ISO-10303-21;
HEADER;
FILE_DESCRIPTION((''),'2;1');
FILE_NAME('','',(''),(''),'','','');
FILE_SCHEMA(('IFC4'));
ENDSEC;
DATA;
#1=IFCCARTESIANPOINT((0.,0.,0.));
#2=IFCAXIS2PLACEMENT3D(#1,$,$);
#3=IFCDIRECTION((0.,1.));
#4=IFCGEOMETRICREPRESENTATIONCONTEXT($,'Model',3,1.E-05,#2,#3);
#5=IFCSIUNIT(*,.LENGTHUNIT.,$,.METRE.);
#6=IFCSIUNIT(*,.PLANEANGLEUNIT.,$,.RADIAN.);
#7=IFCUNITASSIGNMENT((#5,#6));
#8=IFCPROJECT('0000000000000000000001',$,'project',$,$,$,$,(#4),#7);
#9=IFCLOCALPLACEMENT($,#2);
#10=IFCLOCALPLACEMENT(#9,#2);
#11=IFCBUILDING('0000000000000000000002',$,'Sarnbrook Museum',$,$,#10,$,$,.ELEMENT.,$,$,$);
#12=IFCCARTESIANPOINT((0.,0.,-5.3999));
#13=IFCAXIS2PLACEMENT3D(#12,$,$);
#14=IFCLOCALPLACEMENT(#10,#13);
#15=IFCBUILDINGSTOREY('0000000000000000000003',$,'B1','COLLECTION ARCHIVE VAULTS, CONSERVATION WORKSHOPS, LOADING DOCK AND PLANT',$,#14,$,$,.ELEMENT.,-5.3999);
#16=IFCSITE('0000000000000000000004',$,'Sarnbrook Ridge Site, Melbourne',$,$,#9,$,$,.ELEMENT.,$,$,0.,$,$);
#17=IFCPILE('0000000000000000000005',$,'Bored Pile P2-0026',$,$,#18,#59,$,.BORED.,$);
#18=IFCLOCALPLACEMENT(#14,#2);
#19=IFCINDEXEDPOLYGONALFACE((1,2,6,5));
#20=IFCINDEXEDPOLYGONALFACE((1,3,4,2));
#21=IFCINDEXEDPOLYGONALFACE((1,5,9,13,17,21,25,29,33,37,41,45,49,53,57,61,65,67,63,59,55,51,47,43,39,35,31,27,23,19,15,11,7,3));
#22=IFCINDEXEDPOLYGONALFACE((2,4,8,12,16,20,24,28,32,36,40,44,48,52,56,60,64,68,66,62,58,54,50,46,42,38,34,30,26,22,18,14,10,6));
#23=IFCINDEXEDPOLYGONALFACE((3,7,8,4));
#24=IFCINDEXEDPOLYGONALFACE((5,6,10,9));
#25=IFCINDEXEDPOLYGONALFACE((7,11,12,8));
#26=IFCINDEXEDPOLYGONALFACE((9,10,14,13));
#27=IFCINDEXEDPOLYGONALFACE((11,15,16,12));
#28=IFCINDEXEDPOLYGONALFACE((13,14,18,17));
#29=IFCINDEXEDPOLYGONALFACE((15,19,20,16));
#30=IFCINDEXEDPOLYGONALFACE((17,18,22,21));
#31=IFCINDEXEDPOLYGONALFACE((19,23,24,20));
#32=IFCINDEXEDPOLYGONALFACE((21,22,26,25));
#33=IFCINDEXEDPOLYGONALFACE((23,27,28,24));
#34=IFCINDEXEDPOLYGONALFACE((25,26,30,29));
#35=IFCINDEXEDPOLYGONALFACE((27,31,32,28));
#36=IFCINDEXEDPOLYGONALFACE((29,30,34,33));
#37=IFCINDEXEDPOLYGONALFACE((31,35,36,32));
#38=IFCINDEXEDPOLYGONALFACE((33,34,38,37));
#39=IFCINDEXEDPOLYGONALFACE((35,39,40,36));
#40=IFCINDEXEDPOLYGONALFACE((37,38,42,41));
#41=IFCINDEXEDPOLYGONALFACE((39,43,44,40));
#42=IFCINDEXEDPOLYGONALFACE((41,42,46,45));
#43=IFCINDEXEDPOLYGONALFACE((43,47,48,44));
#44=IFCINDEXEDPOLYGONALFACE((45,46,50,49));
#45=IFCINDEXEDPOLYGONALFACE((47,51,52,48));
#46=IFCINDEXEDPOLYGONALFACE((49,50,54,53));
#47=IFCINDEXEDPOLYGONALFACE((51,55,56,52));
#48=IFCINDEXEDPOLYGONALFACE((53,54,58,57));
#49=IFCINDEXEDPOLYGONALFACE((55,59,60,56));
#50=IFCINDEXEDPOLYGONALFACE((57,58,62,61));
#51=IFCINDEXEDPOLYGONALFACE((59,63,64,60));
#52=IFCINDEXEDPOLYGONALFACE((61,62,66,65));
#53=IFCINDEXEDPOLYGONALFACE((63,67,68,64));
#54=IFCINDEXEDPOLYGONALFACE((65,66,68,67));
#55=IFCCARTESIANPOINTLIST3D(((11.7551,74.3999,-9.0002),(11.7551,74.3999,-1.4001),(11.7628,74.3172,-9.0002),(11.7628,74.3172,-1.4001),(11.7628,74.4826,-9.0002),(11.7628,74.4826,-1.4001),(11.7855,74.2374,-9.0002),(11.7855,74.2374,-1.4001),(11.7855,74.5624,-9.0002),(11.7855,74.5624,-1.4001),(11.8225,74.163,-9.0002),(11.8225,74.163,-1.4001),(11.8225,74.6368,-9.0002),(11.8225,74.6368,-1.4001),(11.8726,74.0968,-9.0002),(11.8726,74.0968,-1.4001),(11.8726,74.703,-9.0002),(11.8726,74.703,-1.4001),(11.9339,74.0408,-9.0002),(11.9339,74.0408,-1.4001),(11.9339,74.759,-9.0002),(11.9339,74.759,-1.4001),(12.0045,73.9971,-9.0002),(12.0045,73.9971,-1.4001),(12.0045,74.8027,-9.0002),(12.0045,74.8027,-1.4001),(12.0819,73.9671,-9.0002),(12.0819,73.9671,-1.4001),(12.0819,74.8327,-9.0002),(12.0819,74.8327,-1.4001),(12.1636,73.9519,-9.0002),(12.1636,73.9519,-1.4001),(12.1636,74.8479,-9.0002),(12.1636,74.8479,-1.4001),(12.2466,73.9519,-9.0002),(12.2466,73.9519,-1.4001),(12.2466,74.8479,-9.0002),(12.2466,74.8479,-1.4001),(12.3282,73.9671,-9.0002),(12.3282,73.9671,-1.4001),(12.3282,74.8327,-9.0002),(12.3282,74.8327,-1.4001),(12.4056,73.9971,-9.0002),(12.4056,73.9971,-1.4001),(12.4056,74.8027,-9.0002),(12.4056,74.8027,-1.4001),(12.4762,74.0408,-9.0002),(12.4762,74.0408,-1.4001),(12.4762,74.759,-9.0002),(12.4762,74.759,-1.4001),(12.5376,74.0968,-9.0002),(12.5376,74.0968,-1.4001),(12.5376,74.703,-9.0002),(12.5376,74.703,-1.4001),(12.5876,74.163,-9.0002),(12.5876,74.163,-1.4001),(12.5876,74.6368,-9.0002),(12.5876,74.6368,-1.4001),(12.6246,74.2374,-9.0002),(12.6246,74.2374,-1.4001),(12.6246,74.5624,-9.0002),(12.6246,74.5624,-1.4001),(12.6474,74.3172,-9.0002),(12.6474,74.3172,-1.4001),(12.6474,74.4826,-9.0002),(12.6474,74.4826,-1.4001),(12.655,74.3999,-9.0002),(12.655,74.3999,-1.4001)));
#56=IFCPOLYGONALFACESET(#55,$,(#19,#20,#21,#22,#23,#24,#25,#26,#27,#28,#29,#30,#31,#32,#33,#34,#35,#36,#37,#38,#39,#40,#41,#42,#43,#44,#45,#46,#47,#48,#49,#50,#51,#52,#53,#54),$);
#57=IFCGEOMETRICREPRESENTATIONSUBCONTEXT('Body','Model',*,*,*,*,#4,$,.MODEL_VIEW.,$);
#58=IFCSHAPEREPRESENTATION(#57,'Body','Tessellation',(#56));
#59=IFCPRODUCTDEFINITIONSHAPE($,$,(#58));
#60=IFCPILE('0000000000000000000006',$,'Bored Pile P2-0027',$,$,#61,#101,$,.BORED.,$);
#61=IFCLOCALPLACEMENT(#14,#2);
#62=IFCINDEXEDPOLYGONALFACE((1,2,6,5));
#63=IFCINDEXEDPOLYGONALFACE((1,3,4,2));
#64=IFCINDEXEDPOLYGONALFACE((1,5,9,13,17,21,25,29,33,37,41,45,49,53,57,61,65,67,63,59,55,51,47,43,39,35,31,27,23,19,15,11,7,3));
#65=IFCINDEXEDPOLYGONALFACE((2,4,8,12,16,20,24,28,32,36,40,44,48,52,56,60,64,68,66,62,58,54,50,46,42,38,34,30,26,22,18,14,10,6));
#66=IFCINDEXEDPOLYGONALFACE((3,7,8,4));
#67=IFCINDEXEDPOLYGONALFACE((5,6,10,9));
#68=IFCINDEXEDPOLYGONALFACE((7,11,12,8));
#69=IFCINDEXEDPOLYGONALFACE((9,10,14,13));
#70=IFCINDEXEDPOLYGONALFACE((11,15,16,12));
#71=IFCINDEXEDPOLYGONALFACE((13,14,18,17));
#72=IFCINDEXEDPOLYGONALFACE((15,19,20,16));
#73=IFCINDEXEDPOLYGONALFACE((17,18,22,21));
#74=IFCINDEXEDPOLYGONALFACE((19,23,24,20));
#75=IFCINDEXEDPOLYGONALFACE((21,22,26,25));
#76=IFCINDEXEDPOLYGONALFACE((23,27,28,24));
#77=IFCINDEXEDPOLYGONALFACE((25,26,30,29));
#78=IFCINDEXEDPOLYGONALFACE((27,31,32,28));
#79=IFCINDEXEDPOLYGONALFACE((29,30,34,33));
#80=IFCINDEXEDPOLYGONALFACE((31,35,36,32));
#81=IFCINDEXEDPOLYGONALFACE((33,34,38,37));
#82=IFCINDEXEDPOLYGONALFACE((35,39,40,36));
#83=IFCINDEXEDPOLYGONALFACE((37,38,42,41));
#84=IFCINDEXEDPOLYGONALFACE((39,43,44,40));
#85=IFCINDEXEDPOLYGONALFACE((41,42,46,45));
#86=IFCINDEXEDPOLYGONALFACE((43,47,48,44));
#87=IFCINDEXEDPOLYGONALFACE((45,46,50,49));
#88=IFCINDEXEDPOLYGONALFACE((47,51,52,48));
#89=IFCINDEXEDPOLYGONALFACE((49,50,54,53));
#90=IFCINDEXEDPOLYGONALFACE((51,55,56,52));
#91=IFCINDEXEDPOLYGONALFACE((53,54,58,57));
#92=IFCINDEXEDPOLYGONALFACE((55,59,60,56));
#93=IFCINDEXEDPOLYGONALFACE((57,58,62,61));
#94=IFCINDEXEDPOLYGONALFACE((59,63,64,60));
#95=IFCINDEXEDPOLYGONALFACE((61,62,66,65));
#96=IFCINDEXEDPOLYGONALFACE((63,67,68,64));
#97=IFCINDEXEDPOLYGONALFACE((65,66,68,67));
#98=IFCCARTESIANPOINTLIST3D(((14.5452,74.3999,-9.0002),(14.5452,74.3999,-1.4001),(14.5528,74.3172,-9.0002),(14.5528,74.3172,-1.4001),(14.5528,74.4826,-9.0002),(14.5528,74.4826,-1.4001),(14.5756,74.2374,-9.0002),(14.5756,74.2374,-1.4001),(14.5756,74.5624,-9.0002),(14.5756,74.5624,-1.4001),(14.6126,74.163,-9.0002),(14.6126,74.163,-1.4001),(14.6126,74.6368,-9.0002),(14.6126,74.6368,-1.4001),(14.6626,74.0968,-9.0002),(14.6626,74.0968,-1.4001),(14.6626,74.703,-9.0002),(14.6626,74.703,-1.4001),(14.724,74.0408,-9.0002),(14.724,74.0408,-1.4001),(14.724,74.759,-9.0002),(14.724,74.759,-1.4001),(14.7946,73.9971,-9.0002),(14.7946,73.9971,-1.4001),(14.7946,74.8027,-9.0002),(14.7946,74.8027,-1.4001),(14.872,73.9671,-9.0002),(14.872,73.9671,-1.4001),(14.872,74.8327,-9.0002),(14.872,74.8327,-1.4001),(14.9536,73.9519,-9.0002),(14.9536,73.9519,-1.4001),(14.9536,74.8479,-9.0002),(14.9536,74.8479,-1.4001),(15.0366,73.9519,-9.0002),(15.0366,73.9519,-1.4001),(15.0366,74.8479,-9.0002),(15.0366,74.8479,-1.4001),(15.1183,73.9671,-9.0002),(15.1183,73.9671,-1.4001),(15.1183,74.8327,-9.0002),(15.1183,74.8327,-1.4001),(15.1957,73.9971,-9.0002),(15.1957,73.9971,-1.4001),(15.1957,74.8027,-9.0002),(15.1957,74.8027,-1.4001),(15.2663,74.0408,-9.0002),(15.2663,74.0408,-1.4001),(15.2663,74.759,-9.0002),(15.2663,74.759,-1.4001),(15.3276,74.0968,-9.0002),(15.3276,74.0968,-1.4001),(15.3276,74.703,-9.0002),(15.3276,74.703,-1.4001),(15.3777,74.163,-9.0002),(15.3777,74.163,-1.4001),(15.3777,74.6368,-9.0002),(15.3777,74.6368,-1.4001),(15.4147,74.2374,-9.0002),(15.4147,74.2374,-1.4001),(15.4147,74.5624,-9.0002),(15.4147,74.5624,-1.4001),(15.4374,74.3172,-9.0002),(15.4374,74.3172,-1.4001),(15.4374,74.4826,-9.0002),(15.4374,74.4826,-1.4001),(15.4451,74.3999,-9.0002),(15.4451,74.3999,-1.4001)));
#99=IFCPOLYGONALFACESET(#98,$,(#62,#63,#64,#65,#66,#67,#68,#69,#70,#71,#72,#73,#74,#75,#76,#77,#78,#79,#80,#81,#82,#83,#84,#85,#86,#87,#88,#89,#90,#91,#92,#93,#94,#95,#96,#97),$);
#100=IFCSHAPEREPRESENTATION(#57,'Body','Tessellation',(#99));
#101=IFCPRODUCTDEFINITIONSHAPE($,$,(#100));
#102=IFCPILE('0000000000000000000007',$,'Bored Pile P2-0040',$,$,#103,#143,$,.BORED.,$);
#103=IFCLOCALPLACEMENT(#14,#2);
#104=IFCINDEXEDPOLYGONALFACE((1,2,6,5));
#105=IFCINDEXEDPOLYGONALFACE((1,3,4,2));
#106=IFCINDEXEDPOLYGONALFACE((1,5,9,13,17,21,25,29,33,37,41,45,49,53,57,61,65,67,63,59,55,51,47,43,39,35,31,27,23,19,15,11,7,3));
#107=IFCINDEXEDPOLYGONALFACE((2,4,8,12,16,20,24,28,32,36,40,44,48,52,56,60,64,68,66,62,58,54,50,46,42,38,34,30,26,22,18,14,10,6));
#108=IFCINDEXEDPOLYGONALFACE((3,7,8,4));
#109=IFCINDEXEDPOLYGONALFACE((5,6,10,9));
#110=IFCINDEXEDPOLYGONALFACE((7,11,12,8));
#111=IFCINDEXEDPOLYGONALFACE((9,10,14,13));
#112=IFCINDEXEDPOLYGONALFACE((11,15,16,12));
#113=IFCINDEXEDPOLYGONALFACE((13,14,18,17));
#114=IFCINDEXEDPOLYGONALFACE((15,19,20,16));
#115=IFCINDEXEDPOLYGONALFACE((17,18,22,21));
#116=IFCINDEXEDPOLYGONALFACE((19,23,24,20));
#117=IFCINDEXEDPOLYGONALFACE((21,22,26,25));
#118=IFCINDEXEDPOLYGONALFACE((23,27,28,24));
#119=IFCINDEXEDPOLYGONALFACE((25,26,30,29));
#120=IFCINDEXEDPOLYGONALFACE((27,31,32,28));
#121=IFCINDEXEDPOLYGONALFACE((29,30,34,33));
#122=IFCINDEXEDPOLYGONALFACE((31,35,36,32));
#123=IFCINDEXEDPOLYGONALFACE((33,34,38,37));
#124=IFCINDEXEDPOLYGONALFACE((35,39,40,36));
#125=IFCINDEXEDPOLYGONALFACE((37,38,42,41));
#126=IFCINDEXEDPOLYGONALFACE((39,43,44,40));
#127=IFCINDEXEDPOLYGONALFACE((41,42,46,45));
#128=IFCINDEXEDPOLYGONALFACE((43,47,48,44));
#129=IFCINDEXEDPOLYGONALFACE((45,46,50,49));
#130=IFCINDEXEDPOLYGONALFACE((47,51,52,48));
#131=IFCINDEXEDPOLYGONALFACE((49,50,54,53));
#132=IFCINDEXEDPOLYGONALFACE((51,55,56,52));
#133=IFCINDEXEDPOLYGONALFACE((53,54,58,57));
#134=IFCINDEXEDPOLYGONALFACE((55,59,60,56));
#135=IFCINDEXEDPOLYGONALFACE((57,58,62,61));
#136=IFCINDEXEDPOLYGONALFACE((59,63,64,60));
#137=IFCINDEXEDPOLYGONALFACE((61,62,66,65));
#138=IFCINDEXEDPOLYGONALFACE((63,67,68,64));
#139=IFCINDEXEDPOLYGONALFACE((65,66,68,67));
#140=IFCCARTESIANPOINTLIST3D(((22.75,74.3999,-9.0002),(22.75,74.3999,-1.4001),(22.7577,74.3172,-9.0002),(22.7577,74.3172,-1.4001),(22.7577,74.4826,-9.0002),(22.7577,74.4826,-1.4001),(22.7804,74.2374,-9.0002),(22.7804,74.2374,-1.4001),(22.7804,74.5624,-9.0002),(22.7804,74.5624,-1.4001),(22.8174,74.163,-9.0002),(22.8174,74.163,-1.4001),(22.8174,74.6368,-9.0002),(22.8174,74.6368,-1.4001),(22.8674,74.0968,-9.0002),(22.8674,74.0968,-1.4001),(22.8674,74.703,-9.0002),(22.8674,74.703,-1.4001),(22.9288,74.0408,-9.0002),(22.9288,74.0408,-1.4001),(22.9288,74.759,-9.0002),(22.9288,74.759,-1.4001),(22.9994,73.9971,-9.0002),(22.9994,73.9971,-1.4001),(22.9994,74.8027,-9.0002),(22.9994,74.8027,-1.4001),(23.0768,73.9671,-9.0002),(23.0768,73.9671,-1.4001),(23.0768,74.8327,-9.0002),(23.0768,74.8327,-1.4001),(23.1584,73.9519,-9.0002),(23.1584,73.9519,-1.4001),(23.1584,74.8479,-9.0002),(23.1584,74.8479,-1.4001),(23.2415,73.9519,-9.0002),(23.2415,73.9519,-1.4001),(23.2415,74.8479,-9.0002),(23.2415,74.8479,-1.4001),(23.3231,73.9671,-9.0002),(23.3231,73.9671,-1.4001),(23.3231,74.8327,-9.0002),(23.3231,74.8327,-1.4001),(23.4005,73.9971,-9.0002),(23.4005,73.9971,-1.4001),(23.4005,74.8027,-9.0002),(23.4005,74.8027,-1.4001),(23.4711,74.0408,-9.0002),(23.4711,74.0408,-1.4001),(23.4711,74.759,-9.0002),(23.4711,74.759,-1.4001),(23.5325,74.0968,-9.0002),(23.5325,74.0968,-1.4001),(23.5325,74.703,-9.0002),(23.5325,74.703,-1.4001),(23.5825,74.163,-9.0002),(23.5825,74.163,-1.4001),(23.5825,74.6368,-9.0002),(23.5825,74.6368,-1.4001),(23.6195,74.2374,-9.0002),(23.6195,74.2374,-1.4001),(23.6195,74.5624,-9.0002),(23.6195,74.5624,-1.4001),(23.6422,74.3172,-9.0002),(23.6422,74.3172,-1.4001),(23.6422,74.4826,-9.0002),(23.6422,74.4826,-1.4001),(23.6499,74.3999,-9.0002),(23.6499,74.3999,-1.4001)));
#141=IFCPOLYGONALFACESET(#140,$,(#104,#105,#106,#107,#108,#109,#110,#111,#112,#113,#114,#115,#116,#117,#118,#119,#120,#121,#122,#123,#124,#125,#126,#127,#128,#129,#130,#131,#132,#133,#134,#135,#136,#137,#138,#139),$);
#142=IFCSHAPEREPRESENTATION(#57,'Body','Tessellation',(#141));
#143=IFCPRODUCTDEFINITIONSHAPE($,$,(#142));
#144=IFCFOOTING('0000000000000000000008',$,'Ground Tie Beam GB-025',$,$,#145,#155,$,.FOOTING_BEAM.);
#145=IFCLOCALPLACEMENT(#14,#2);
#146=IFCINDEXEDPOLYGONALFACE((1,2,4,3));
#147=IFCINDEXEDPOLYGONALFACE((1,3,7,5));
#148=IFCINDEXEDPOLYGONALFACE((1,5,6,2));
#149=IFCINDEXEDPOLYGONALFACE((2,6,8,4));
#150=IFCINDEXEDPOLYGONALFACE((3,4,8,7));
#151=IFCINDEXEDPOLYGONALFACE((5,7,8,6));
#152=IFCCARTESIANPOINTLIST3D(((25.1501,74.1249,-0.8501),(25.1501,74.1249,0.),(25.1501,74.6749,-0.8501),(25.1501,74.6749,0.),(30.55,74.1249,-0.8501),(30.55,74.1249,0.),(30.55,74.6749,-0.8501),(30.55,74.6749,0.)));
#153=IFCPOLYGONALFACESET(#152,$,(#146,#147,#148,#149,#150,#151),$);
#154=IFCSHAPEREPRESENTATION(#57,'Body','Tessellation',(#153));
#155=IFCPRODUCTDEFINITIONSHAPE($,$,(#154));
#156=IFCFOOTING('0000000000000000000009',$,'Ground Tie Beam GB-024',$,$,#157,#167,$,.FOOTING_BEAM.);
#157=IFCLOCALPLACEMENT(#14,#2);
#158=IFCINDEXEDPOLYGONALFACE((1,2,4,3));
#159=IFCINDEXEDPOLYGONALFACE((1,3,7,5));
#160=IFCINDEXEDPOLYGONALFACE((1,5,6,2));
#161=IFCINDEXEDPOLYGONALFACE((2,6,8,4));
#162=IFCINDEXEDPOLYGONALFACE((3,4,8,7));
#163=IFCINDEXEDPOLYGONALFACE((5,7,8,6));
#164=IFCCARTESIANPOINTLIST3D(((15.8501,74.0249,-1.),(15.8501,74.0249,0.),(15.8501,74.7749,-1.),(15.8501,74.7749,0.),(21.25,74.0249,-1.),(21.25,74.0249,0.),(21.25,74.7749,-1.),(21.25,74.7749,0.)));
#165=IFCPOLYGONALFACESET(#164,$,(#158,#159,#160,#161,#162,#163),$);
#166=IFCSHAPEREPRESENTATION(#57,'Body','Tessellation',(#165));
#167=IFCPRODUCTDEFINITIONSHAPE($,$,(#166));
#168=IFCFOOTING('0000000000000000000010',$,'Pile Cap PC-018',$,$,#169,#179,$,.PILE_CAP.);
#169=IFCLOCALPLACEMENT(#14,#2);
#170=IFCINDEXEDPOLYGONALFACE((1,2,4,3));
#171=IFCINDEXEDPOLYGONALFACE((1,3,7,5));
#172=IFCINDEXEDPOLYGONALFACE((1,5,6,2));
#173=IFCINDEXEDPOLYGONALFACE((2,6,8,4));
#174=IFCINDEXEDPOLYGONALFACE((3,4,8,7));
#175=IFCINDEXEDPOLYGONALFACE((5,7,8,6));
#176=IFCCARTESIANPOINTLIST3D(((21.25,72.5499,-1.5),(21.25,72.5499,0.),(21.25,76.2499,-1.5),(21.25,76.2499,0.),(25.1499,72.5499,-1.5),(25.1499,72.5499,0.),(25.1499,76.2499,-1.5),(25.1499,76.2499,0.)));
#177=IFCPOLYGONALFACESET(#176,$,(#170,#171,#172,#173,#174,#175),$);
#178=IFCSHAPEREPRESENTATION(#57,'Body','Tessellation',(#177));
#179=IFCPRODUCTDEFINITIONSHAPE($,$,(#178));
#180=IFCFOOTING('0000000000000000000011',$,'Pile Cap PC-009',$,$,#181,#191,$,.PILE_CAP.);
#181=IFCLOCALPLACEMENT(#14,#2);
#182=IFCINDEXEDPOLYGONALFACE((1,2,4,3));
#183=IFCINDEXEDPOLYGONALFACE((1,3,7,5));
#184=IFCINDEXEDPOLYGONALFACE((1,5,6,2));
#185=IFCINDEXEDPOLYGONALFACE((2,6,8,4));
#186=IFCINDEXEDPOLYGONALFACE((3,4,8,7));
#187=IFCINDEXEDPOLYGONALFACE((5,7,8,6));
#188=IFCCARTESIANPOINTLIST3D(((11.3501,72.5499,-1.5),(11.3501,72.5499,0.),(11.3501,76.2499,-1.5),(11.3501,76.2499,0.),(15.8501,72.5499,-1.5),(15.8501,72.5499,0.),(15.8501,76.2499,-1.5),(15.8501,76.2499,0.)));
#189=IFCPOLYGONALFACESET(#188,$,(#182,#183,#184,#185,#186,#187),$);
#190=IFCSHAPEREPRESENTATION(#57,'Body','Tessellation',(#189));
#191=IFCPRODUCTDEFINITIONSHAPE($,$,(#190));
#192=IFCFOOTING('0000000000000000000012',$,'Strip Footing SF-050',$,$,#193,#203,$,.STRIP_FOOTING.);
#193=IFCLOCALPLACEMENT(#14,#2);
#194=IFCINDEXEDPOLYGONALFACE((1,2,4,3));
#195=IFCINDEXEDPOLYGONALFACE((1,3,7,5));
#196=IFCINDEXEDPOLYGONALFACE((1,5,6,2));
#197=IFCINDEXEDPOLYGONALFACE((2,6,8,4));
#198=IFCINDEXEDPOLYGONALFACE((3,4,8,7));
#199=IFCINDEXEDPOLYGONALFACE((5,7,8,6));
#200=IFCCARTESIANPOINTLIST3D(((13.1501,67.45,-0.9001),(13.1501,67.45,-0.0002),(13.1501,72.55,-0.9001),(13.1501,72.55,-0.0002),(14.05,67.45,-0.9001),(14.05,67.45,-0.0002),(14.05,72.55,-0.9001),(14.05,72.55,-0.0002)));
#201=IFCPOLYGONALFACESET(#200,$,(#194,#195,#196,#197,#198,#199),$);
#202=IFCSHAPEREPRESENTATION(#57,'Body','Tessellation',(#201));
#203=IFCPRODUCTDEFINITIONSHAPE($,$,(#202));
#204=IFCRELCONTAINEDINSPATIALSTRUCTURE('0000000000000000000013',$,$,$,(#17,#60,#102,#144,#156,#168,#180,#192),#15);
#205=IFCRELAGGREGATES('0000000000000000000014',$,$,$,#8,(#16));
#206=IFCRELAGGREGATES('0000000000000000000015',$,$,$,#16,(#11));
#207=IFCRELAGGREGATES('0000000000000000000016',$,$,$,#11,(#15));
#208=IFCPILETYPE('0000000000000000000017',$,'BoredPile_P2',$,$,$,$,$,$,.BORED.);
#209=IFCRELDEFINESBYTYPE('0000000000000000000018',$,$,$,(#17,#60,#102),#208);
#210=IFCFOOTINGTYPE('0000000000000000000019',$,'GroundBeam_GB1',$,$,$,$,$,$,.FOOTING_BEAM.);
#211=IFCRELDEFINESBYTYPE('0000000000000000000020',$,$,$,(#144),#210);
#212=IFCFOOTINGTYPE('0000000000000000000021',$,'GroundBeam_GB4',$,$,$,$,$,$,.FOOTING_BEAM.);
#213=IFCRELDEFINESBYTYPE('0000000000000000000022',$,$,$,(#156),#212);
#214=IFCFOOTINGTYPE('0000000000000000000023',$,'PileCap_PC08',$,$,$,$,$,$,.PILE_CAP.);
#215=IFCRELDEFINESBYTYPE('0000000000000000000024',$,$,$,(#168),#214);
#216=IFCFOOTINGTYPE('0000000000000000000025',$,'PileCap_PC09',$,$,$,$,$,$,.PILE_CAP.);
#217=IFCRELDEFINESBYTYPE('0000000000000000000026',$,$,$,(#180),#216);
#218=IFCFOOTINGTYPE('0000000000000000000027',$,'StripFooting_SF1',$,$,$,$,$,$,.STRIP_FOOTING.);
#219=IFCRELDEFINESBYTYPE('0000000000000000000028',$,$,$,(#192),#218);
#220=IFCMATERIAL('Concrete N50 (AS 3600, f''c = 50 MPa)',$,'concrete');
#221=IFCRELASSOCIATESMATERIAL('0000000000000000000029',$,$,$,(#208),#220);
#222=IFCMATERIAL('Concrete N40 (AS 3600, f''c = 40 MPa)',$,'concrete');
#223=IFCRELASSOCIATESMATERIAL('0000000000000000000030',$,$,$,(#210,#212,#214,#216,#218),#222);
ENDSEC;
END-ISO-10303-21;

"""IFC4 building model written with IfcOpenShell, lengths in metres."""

from ifc_helpers import new_model, si_unit, direction, frame, origin, origin_2d, place, context, subcontext, project, spatial, rectangle, circle, extrude, material, material_profile, profile_set, type_object, element, save


model = new_model("IFC4")

# Units and contexts
model_context = context("Model", 3, precision=1e-05, world=origin(), true_north=direction((0.0, 1.0)))
body_context = subcontext(model_context, "Body", "Model", "MODEL_VIEW")
ifc_project = project(units=[si_unit("LENGTHUNIT", "METRE"), si_unit("PLANEANGLEUNIT", "RADIAN")], contexts=[model_context])

# Site, building, storey
site_placement = place(None, origin())
site = spatial("IfcSite", under=ifc_project, at=site_placement, Name="Sarnbrook Ridge Site, Melbourne", CompositionType="ELEMENT", RefElevation=0.0)
building_placement = place(site_placement, origin())
building = spatial("IfcBuilding", under=site, at=building_placement, Name="Sarnbrook Museum", CompositionType="ELEMENT")
storey_placement = place(building_placement, frame((0.0, 0.0, -5.3999)))
storey = spatial("IfcBuildingStorey", under=building, at=storey_placement, Name="B1", Description="COLLECTION ARCHIVE VAULTS, CONSERVATION WORKSHOPS, LOADING DOCK AND PLANT", CompositionType="ELEMENT", Elevation=-5.3999)

# Piles
ifc_material_1 = material(Name="Concrete N50 (AS 3600, f'c = 50 MPa)", Category="concrete")
ifc_material_profile_1 = material_profile(ifc_material_1, circle(Radius=0.45, at=origin_2d()), Name="BORED PILE D900")
ifc_profile_set_1 = profile_set([ifc_material_profile_1], Name="Concrete N50 (AS 3600, f'c = 50 MPa)")
pile_type = type_object("IfcPileType", Name="BoredPile_P2", PredefinedType="BORED", material=ifc_profile_set_1)
for number, where, z_axis, x_axis, name in (
    (1, (12.2051, 74.3999, -1.4001), (0.0, 0.0, -1.0), (1.0, 0.0, 0.0), "Bored Pile P2-0026"),
    (2, (14.9951, 74.3999, -1.4001), (0.0, 0.0, -1.0), (1.0, 0.0, 0.0), "Bored Pile P2-0027"),
    (3, (23.2, 74.3999, -1.4001), (0.0, 0.0, -1.0), (1.0, 0.0, 0.0), "Bored Pile P2-0040"),
):
    element("IfcPile", number, at=place(storey_placement, frame(where, z_axis=z_axis, x_axis=x_axis)), inside=storey, type_object=pile_type, Name=name, PredefinedType="BORED", context=body_context, shape_type="SweptSolid", body=[
        extrude(circle(Radius=0.45, at=origin_2d()), origin(), (0.0, 0.0, 1.0), 7.6001),
    ])

# Footings
ifc_material_2 = material(Name="Concrete N40 (AS 3600, f'c = 40 MPa)", Category="concrete")
footing_type_1 = type_object("IfcFootingType", Name="GroundBeam_GB1", PredefinedType="FOOTING_BEAM", material=ifc_material_2)
footing_1_placement = place(storey_placement, frame((27.8501, 74.3999, -0.8501), z_axis=(0.0, 0.0, 1.0), x_axis=(1.0, 0.0, 0.0)))
element("IfcFooting", 4, at=footing_1_placement, inside=storey, type_object=footing_type_1, Name="Ground Tie Beam GB-025", PredefinedType="FOOTING_BEAM", context=body_context, shape_type="SweptSolid", body=[
    extrude(rectangle(XDim=5.3999, YDim=0.55, at=origin_2d()), origin(), (0.0, 0.0, 1.0), 0.8501),
])
footing_type_2 = type_object("IfcFootingType", Name="GroundBeam_GB4", PredefinedType="FOOTING_BEAM", material=ifc_material_2)
footing_2_placement = place(storey_placement, frame((18.55, 74.3999, -1.0), z_axis=(0.0, 0.0, 1.0), x_axis=(1.0, 0.0, 0.0)))
element("IfcFooting", 5, at=footing_2_placement, inside=storey, type_object=footing_type_2, Name="Ground Tie Beam GB-024", PredefinedType="FOOTING_BEAM", context=body_context, shape_type="SweptSolid", body=[
    extrude(rectangle(XDim=5.3999, YDim=0.75, at=origin_2d()), origin(), (0.0, 0.0, 1.0), 1.0),
])
footing_type_3 = type_object("IfcFootingType", Name="PileCap_PC08", PredefinedType="PILE_CAP", material=ifc_material_2)
footing_3_placement = place(storey_placement, frame((23.2, 74.3999, -1.5), z_axis=(0.0, 0.0, 1.0), x_axis=(1.0, 0.0, 0.0)))
element("IfcFooting", 6, at=footing_3_placement, inside=storey, type_object=footing_type_3, Name="Pile Cap PC-018", PredefinedType="PILE_CAP", context=body_context, shape_type="SweptSolid", body=[
    extrude(rectangle(XDim=3.8999, YDim=3.7, at=origin_2d()), origin(), (0.0, 0.0, 1.0), 1.5),
])
footing_type_4 = type_object("IfcFootingType", Name="PileCap_PC09", PredefinedType="PILE_CAP", material=ifc_material_2)
footing_4_placement = place(storey_placement, frame((13.6001, 74.3999, -1.5), z_axis=(0.0, 0.0, 1.0), x_axis=(1.0, 0.0, 0.0)))
element("IfcFooting", 7, at=footing_4_placement, inside=storey, type_object=footing_type_4, Name="Pile Cap PC-009", PredefinedType="PILE_CAP", context=body_context, shape_type="SweptSolid", body=[
    extrude(rectangle(XDim=4.5, YDim=3.7, at=origin_2d()), origin(), (0.0, 0.0, 1.0), 1.5),
])
footing_type_5 = type_object("IfcFootingType", Name="StripFooting_SF1", PredefinedType="STRIP_FOOTING", material=ifc_material_2)
footing_5_placement = place(storey_placement, frame((13.6001, 70.0, -0.9001), z_axis=(0.0, 0.0, 1.0), x_axis=(1.0, 0.0, 0.0)))
element("IfcFooting", 8, at=footing_5_placement, inside=storey, type_object=footing_type_5, Name="Strip Footing SF-050", PredefinedType="STRIP_FOOTING", context=body_context, shape_type="SweptSolid", body=[
    extrude(rectangle(XDim=0.8999, YDim=5.1001, at=origin_2d()), origin(), (0.0, 0.0, 1.0), 0.8999),
])

save(model, "model.ifc")
